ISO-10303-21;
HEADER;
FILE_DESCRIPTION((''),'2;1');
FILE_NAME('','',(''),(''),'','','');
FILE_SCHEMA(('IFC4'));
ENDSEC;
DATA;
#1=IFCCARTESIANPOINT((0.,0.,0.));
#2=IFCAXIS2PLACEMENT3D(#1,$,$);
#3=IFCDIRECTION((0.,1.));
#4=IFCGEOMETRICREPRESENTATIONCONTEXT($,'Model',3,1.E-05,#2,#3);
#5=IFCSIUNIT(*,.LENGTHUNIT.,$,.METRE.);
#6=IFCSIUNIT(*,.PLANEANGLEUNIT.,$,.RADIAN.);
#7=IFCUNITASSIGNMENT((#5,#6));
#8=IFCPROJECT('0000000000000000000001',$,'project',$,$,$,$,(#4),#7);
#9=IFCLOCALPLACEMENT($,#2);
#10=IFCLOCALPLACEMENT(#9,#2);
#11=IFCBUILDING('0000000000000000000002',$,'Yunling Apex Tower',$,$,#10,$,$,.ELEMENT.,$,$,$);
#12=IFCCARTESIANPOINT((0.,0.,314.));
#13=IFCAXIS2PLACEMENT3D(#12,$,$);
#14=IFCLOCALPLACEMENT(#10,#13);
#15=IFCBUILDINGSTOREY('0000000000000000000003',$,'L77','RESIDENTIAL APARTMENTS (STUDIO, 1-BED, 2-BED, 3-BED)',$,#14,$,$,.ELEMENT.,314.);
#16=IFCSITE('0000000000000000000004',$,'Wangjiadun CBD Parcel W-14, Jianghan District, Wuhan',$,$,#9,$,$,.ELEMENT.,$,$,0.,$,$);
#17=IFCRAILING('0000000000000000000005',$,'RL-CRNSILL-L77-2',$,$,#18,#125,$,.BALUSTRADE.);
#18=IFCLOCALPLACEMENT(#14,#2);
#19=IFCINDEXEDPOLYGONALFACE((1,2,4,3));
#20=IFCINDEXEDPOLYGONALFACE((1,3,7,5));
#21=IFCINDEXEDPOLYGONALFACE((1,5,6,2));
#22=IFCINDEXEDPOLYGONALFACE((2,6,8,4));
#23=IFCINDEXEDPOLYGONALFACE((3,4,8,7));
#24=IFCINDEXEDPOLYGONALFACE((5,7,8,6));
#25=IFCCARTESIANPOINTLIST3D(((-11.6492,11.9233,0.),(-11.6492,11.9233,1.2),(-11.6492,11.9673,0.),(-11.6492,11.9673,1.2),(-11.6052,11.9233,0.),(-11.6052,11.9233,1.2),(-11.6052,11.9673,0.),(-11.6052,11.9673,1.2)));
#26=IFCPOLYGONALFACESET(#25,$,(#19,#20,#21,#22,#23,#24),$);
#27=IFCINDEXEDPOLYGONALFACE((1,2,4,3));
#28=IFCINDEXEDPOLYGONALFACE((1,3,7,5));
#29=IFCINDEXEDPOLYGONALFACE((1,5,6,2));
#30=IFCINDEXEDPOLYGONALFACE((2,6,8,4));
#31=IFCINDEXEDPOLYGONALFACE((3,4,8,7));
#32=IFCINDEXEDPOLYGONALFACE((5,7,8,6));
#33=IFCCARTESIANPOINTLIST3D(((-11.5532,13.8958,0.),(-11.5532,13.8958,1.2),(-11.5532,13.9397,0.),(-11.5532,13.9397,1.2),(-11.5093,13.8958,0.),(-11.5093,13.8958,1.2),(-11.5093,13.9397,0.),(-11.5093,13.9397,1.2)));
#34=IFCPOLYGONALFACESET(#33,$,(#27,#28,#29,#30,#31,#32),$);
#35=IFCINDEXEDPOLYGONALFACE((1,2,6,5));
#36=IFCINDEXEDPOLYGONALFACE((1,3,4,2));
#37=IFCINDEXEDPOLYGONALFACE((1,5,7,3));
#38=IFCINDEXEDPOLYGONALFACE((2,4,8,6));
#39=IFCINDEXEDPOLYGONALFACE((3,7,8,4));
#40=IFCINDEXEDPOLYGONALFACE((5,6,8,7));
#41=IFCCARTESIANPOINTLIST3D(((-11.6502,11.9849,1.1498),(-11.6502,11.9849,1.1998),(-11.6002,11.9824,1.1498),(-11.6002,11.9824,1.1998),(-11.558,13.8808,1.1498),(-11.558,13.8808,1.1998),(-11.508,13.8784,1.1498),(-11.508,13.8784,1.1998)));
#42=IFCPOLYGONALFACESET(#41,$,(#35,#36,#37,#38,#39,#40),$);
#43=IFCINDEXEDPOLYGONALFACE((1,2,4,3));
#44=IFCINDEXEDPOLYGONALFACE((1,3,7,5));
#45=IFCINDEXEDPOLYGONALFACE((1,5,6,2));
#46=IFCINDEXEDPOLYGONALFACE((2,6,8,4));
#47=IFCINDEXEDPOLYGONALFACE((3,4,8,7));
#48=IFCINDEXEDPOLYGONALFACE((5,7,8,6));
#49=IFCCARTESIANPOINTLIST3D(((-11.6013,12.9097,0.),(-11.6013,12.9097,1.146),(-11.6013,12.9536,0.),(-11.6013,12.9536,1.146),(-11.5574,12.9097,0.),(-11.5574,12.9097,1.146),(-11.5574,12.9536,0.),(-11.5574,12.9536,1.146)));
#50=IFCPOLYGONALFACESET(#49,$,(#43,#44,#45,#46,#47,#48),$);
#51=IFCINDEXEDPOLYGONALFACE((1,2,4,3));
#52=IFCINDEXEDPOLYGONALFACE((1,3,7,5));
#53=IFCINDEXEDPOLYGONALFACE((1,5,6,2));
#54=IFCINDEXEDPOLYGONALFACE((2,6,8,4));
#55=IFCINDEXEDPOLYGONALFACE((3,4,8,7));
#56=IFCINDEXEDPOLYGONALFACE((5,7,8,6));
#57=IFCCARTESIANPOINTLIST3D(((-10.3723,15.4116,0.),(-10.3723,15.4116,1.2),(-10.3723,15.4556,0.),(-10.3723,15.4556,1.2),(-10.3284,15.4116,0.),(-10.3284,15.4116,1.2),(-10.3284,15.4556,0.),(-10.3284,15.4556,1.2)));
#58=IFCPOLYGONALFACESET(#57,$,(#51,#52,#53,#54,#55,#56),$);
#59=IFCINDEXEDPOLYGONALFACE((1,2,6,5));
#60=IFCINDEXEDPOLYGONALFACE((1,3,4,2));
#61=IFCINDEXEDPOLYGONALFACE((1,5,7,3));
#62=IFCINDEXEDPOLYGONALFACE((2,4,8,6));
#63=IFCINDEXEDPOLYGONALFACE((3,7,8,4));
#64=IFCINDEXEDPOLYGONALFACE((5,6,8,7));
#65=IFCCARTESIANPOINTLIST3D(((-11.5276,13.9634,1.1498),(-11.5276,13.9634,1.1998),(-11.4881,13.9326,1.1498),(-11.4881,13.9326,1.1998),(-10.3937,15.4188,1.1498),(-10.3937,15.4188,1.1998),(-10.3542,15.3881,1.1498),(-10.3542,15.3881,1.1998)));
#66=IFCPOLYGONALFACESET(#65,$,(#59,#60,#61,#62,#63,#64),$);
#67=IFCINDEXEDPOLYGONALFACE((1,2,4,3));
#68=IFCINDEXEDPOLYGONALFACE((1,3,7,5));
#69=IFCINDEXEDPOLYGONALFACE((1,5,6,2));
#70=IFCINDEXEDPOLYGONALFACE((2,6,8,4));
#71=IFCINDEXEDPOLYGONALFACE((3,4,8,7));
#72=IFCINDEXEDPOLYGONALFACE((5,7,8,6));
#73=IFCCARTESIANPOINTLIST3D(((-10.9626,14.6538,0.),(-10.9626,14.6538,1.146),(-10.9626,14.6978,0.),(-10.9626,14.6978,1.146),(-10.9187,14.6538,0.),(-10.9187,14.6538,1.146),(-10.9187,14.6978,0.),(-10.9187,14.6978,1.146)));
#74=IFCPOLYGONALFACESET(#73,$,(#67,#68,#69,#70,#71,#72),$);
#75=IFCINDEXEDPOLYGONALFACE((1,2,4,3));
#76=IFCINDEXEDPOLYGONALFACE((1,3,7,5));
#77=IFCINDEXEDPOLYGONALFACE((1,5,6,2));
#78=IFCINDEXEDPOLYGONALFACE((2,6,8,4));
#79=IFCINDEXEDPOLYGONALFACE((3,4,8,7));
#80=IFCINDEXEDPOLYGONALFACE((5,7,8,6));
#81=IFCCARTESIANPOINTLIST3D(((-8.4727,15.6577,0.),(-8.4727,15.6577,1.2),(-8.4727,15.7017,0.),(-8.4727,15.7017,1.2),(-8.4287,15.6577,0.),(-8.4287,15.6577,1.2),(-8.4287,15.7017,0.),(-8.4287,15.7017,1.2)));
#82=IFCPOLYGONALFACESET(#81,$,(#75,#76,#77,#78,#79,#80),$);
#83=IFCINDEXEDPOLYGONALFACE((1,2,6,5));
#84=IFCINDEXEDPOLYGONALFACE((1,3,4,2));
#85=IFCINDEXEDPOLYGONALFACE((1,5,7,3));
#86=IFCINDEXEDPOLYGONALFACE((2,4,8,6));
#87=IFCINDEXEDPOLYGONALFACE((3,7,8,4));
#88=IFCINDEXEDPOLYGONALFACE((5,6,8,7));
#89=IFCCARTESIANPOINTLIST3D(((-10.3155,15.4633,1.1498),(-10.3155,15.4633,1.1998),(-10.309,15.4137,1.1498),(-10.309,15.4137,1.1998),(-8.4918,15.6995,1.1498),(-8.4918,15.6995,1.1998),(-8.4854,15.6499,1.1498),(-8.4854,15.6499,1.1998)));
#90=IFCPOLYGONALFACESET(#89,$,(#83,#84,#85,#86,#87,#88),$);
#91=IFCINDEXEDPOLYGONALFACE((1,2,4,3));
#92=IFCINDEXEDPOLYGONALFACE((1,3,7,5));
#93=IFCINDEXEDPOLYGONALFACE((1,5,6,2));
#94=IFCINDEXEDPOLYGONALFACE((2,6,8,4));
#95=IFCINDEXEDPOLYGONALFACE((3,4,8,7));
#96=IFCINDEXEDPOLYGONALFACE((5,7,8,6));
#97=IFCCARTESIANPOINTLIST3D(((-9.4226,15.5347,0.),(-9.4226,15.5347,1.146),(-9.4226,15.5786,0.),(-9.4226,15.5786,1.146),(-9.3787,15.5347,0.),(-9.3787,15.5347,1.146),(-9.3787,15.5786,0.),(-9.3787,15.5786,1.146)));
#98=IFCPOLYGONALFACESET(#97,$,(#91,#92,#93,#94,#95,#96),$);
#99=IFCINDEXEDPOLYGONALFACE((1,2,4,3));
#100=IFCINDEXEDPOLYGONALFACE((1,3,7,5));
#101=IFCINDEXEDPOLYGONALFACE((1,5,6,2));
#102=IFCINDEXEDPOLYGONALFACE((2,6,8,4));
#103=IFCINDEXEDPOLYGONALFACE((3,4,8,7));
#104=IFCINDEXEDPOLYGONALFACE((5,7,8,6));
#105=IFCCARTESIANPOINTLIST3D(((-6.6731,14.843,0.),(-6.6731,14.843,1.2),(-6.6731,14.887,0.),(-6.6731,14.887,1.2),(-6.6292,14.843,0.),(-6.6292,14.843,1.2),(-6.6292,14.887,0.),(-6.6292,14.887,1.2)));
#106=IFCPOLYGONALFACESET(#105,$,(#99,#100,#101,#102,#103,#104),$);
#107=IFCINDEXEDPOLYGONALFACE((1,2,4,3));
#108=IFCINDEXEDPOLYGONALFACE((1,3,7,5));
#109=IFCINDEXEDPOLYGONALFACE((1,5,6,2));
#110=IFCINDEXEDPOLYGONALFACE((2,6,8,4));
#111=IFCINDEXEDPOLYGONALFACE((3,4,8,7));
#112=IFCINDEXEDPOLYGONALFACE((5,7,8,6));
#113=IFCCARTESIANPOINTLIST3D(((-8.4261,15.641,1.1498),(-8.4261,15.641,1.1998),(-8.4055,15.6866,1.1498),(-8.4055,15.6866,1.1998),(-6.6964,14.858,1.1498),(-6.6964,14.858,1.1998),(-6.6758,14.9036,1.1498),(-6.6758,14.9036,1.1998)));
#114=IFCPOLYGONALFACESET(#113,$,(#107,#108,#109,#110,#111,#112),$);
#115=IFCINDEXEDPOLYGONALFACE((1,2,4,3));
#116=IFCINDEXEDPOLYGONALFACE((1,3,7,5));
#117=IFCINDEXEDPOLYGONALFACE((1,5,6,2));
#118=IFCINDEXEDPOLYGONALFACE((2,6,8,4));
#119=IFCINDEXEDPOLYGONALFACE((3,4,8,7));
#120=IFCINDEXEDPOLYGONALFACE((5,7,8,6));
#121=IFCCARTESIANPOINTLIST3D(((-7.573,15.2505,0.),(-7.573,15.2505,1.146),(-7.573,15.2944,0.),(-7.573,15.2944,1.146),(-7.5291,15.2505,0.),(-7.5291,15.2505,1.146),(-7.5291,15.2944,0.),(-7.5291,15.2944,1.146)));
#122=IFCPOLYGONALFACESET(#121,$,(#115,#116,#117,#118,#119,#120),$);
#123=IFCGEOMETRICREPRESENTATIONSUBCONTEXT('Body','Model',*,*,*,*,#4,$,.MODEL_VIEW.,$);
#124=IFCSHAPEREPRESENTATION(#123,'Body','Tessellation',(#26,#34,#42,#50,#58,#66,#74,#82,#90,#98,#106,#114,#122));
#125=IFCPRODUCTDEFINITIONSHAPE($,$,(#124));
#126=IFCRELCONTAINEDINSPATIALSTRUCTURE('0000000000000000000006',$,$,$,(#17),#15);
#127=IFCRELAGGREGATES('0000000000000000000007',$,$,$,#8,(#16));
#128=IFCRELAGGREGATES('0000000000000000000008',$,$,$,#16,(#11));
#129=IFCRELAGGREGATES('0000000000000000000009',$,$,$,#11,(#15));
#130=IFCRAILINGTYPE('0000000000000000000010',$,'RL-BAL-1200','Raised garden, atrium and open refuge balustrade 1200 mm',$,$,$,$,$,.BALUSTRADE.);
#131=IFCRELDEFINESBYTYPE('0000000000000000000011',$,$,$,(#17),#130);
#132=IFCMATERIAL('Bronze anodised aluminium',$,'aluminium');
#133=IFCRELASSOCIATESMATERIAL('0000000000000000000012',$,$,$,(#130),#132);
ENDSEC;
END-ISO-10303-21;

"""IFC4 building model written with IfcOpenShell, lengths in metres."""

from ifc_helpers import new_model, si_unit, direction, frame, origin, origin_2d, place, context, subcontext, project, spatial, rectangle, extrude, material, type_object, element, save


model = new_model("IFC4")

# Units and contexts
model_context = context("Model", 3, precision=1e-05, world=origin(), true_north=direction((0.0, 1.0)))
body_context = subcontext(model_context, "Body", "Model", "MODEL_VIEW")
ifc_project = project(units=[si_unit("LENGTHUNIT", "METRE"), si_unit("PLANEANGLEUNIT", "RADIAN")], contexts=[model_context])

# Site, building, storey
site_placement = place(None, origin())
site = spatial("IfcSite", under=ifc_project, at=site_placement, Name="Wangjiadun CBD Parcel W-14, Jianghan District, Wuhan", CompositionType="ELEMENT", RefElevation=0.0)
building_placement = place(site_placement, origin())
building = spatial("IfcBuilding", under=site, at=building_placement, Name="Yunling Apex Tower", CompositionType="ELEMENT")
storey_placement = place(building_placement, frame((0.0, 0.0, 314.0)))
storey = spatial("IfcBuildingStorey", under=building, at=storey_placement, Name="L77", Description="RESIDENTIAL APARTMENTS (STUDIO, 1-BED, 2-BED, 3-BED)", CompositionType="ELEMENT", Elevation=314.0)

# Shared definitions
ifc_material_1 = material(Name="Bronze anodised aluminium", Category="aluminium")

# Railing
railing_type = type_object("IfcRailingType", Name="RL-BAL-1200", Description="Raised garden, atrium and open refuge balustrade 1200 mm", PredefinedType="BALUSTRADE", material=ifc_material_1)
railing_placement = place(storey_placement, frame((-11.6272, 11.9453, 0.0)))
element("IfcRailing", 1, at=railing_placement, inside=storey, type_object=railing_type, Name="RL-CRNSILL-L77-2", PredefinedType="BALUSTRADE", context=body_context, shape_type="SweptSolid", body=[
    extrude(rectangle(XDim=0.0439, YDim=0.0439, at=origin_2d()), origin(), (0.0, 0.0, 1.0), 1.2),
    extrude(rectangle(XDim=0.0439, YDim=0.0439, at=origin_2d()), frame((0.0959, 1.9724, 0.0)), (0.0, 0.0, 1.0), 1.2),
    extrude(rectangle(XDim=0.05, YDim=0.05, at=origin_2d()), frame((0.002, 0.0383, 1.1748), z_axis=(0.048587, 0.998819, 0.0), x_axis=(-0.998819, 0.048587, 0.0)), (0.0, 0.0, 1.0), 1.8982),
    extrude(rectangle(XDim=0.0439, YDim=0.0439, at=origin_2d()), frame((0.0479, 0.9863, 0.0)), (0.0, 0.0, 1.0), 1.146),
    extrude(rectangle(XDim=0.0439, YDim=0.0439, at=origin_2d()), frame((1.2769, 3.4883, 0.0)), (0.0, 0.0, 1.0), 1.2),
    extrude(rectangle(XDim=0.05, YDim=0.05, at=origin_2d()), frame((0.1194, 2.0027, 1.1748), z_axis=(0.614556, 0.788873, 0.0), x_axis=(-0.788873, 0.614556, 0.0)), (0.0, 0.0, 1.0), 1.845),
    extrude(rectangle(XDim=0.0439, YDim=0.0439, at=origin_2d()), frame((0.6865, 2.7305, 0.0)), (0.0, 0.0, 1.0), 1.146),
    extrude(rectangle(XDim=0.0439, YDim=0.0439, at=origin_2d()), frame((3.1765, 3.7344, 0.0)), (0.0, 0.0, 1.0), 1.2),
    extrude(rectangle(XDim=0.05, YDim=0.05, at=origin_2d()), frame((1.3149, 3.4932, 1.1748), z_axis=(0.991713, 0.128473, 0.0), x_axis=(-0.128473, 0.991713, 0.0)), (0.0, 0.0, 1.0), 1.8389),
    extrude(rectangle(XDim=0.0439, YDim=0.0439, at=origin_2d()), frame((2.2266, 3.6113, 0.0)), (0.0, 0.0, 1.0), 1.146),
    extrude(rectangle(XDim=0.0439, YDim=0.0439, at=origin_2d()), frame((4.9761, 2.9197, 0.0)), (0.0, 0.0, 1.0), 1.2),
    extrude(rectangle(XDim=0.05, YDim=0.05, at=origin_2d()), frame((3.2114, 3.7185, 1.1748), z_axis=(0.910992, -0.412424, 0.0), x_axis=(0.412424, 0.910992, 0.0)), (0.0, 0.0, 1.0), 1.8987),
    extrude(rectangle(XDim=0.0439, YDim=0.0439, at=origin_2d()), frame((4.0762, 3.3271, 0.0)), (0.0, 0.0, 1.0), 1.146),
])

save(model, "model.ifc")
